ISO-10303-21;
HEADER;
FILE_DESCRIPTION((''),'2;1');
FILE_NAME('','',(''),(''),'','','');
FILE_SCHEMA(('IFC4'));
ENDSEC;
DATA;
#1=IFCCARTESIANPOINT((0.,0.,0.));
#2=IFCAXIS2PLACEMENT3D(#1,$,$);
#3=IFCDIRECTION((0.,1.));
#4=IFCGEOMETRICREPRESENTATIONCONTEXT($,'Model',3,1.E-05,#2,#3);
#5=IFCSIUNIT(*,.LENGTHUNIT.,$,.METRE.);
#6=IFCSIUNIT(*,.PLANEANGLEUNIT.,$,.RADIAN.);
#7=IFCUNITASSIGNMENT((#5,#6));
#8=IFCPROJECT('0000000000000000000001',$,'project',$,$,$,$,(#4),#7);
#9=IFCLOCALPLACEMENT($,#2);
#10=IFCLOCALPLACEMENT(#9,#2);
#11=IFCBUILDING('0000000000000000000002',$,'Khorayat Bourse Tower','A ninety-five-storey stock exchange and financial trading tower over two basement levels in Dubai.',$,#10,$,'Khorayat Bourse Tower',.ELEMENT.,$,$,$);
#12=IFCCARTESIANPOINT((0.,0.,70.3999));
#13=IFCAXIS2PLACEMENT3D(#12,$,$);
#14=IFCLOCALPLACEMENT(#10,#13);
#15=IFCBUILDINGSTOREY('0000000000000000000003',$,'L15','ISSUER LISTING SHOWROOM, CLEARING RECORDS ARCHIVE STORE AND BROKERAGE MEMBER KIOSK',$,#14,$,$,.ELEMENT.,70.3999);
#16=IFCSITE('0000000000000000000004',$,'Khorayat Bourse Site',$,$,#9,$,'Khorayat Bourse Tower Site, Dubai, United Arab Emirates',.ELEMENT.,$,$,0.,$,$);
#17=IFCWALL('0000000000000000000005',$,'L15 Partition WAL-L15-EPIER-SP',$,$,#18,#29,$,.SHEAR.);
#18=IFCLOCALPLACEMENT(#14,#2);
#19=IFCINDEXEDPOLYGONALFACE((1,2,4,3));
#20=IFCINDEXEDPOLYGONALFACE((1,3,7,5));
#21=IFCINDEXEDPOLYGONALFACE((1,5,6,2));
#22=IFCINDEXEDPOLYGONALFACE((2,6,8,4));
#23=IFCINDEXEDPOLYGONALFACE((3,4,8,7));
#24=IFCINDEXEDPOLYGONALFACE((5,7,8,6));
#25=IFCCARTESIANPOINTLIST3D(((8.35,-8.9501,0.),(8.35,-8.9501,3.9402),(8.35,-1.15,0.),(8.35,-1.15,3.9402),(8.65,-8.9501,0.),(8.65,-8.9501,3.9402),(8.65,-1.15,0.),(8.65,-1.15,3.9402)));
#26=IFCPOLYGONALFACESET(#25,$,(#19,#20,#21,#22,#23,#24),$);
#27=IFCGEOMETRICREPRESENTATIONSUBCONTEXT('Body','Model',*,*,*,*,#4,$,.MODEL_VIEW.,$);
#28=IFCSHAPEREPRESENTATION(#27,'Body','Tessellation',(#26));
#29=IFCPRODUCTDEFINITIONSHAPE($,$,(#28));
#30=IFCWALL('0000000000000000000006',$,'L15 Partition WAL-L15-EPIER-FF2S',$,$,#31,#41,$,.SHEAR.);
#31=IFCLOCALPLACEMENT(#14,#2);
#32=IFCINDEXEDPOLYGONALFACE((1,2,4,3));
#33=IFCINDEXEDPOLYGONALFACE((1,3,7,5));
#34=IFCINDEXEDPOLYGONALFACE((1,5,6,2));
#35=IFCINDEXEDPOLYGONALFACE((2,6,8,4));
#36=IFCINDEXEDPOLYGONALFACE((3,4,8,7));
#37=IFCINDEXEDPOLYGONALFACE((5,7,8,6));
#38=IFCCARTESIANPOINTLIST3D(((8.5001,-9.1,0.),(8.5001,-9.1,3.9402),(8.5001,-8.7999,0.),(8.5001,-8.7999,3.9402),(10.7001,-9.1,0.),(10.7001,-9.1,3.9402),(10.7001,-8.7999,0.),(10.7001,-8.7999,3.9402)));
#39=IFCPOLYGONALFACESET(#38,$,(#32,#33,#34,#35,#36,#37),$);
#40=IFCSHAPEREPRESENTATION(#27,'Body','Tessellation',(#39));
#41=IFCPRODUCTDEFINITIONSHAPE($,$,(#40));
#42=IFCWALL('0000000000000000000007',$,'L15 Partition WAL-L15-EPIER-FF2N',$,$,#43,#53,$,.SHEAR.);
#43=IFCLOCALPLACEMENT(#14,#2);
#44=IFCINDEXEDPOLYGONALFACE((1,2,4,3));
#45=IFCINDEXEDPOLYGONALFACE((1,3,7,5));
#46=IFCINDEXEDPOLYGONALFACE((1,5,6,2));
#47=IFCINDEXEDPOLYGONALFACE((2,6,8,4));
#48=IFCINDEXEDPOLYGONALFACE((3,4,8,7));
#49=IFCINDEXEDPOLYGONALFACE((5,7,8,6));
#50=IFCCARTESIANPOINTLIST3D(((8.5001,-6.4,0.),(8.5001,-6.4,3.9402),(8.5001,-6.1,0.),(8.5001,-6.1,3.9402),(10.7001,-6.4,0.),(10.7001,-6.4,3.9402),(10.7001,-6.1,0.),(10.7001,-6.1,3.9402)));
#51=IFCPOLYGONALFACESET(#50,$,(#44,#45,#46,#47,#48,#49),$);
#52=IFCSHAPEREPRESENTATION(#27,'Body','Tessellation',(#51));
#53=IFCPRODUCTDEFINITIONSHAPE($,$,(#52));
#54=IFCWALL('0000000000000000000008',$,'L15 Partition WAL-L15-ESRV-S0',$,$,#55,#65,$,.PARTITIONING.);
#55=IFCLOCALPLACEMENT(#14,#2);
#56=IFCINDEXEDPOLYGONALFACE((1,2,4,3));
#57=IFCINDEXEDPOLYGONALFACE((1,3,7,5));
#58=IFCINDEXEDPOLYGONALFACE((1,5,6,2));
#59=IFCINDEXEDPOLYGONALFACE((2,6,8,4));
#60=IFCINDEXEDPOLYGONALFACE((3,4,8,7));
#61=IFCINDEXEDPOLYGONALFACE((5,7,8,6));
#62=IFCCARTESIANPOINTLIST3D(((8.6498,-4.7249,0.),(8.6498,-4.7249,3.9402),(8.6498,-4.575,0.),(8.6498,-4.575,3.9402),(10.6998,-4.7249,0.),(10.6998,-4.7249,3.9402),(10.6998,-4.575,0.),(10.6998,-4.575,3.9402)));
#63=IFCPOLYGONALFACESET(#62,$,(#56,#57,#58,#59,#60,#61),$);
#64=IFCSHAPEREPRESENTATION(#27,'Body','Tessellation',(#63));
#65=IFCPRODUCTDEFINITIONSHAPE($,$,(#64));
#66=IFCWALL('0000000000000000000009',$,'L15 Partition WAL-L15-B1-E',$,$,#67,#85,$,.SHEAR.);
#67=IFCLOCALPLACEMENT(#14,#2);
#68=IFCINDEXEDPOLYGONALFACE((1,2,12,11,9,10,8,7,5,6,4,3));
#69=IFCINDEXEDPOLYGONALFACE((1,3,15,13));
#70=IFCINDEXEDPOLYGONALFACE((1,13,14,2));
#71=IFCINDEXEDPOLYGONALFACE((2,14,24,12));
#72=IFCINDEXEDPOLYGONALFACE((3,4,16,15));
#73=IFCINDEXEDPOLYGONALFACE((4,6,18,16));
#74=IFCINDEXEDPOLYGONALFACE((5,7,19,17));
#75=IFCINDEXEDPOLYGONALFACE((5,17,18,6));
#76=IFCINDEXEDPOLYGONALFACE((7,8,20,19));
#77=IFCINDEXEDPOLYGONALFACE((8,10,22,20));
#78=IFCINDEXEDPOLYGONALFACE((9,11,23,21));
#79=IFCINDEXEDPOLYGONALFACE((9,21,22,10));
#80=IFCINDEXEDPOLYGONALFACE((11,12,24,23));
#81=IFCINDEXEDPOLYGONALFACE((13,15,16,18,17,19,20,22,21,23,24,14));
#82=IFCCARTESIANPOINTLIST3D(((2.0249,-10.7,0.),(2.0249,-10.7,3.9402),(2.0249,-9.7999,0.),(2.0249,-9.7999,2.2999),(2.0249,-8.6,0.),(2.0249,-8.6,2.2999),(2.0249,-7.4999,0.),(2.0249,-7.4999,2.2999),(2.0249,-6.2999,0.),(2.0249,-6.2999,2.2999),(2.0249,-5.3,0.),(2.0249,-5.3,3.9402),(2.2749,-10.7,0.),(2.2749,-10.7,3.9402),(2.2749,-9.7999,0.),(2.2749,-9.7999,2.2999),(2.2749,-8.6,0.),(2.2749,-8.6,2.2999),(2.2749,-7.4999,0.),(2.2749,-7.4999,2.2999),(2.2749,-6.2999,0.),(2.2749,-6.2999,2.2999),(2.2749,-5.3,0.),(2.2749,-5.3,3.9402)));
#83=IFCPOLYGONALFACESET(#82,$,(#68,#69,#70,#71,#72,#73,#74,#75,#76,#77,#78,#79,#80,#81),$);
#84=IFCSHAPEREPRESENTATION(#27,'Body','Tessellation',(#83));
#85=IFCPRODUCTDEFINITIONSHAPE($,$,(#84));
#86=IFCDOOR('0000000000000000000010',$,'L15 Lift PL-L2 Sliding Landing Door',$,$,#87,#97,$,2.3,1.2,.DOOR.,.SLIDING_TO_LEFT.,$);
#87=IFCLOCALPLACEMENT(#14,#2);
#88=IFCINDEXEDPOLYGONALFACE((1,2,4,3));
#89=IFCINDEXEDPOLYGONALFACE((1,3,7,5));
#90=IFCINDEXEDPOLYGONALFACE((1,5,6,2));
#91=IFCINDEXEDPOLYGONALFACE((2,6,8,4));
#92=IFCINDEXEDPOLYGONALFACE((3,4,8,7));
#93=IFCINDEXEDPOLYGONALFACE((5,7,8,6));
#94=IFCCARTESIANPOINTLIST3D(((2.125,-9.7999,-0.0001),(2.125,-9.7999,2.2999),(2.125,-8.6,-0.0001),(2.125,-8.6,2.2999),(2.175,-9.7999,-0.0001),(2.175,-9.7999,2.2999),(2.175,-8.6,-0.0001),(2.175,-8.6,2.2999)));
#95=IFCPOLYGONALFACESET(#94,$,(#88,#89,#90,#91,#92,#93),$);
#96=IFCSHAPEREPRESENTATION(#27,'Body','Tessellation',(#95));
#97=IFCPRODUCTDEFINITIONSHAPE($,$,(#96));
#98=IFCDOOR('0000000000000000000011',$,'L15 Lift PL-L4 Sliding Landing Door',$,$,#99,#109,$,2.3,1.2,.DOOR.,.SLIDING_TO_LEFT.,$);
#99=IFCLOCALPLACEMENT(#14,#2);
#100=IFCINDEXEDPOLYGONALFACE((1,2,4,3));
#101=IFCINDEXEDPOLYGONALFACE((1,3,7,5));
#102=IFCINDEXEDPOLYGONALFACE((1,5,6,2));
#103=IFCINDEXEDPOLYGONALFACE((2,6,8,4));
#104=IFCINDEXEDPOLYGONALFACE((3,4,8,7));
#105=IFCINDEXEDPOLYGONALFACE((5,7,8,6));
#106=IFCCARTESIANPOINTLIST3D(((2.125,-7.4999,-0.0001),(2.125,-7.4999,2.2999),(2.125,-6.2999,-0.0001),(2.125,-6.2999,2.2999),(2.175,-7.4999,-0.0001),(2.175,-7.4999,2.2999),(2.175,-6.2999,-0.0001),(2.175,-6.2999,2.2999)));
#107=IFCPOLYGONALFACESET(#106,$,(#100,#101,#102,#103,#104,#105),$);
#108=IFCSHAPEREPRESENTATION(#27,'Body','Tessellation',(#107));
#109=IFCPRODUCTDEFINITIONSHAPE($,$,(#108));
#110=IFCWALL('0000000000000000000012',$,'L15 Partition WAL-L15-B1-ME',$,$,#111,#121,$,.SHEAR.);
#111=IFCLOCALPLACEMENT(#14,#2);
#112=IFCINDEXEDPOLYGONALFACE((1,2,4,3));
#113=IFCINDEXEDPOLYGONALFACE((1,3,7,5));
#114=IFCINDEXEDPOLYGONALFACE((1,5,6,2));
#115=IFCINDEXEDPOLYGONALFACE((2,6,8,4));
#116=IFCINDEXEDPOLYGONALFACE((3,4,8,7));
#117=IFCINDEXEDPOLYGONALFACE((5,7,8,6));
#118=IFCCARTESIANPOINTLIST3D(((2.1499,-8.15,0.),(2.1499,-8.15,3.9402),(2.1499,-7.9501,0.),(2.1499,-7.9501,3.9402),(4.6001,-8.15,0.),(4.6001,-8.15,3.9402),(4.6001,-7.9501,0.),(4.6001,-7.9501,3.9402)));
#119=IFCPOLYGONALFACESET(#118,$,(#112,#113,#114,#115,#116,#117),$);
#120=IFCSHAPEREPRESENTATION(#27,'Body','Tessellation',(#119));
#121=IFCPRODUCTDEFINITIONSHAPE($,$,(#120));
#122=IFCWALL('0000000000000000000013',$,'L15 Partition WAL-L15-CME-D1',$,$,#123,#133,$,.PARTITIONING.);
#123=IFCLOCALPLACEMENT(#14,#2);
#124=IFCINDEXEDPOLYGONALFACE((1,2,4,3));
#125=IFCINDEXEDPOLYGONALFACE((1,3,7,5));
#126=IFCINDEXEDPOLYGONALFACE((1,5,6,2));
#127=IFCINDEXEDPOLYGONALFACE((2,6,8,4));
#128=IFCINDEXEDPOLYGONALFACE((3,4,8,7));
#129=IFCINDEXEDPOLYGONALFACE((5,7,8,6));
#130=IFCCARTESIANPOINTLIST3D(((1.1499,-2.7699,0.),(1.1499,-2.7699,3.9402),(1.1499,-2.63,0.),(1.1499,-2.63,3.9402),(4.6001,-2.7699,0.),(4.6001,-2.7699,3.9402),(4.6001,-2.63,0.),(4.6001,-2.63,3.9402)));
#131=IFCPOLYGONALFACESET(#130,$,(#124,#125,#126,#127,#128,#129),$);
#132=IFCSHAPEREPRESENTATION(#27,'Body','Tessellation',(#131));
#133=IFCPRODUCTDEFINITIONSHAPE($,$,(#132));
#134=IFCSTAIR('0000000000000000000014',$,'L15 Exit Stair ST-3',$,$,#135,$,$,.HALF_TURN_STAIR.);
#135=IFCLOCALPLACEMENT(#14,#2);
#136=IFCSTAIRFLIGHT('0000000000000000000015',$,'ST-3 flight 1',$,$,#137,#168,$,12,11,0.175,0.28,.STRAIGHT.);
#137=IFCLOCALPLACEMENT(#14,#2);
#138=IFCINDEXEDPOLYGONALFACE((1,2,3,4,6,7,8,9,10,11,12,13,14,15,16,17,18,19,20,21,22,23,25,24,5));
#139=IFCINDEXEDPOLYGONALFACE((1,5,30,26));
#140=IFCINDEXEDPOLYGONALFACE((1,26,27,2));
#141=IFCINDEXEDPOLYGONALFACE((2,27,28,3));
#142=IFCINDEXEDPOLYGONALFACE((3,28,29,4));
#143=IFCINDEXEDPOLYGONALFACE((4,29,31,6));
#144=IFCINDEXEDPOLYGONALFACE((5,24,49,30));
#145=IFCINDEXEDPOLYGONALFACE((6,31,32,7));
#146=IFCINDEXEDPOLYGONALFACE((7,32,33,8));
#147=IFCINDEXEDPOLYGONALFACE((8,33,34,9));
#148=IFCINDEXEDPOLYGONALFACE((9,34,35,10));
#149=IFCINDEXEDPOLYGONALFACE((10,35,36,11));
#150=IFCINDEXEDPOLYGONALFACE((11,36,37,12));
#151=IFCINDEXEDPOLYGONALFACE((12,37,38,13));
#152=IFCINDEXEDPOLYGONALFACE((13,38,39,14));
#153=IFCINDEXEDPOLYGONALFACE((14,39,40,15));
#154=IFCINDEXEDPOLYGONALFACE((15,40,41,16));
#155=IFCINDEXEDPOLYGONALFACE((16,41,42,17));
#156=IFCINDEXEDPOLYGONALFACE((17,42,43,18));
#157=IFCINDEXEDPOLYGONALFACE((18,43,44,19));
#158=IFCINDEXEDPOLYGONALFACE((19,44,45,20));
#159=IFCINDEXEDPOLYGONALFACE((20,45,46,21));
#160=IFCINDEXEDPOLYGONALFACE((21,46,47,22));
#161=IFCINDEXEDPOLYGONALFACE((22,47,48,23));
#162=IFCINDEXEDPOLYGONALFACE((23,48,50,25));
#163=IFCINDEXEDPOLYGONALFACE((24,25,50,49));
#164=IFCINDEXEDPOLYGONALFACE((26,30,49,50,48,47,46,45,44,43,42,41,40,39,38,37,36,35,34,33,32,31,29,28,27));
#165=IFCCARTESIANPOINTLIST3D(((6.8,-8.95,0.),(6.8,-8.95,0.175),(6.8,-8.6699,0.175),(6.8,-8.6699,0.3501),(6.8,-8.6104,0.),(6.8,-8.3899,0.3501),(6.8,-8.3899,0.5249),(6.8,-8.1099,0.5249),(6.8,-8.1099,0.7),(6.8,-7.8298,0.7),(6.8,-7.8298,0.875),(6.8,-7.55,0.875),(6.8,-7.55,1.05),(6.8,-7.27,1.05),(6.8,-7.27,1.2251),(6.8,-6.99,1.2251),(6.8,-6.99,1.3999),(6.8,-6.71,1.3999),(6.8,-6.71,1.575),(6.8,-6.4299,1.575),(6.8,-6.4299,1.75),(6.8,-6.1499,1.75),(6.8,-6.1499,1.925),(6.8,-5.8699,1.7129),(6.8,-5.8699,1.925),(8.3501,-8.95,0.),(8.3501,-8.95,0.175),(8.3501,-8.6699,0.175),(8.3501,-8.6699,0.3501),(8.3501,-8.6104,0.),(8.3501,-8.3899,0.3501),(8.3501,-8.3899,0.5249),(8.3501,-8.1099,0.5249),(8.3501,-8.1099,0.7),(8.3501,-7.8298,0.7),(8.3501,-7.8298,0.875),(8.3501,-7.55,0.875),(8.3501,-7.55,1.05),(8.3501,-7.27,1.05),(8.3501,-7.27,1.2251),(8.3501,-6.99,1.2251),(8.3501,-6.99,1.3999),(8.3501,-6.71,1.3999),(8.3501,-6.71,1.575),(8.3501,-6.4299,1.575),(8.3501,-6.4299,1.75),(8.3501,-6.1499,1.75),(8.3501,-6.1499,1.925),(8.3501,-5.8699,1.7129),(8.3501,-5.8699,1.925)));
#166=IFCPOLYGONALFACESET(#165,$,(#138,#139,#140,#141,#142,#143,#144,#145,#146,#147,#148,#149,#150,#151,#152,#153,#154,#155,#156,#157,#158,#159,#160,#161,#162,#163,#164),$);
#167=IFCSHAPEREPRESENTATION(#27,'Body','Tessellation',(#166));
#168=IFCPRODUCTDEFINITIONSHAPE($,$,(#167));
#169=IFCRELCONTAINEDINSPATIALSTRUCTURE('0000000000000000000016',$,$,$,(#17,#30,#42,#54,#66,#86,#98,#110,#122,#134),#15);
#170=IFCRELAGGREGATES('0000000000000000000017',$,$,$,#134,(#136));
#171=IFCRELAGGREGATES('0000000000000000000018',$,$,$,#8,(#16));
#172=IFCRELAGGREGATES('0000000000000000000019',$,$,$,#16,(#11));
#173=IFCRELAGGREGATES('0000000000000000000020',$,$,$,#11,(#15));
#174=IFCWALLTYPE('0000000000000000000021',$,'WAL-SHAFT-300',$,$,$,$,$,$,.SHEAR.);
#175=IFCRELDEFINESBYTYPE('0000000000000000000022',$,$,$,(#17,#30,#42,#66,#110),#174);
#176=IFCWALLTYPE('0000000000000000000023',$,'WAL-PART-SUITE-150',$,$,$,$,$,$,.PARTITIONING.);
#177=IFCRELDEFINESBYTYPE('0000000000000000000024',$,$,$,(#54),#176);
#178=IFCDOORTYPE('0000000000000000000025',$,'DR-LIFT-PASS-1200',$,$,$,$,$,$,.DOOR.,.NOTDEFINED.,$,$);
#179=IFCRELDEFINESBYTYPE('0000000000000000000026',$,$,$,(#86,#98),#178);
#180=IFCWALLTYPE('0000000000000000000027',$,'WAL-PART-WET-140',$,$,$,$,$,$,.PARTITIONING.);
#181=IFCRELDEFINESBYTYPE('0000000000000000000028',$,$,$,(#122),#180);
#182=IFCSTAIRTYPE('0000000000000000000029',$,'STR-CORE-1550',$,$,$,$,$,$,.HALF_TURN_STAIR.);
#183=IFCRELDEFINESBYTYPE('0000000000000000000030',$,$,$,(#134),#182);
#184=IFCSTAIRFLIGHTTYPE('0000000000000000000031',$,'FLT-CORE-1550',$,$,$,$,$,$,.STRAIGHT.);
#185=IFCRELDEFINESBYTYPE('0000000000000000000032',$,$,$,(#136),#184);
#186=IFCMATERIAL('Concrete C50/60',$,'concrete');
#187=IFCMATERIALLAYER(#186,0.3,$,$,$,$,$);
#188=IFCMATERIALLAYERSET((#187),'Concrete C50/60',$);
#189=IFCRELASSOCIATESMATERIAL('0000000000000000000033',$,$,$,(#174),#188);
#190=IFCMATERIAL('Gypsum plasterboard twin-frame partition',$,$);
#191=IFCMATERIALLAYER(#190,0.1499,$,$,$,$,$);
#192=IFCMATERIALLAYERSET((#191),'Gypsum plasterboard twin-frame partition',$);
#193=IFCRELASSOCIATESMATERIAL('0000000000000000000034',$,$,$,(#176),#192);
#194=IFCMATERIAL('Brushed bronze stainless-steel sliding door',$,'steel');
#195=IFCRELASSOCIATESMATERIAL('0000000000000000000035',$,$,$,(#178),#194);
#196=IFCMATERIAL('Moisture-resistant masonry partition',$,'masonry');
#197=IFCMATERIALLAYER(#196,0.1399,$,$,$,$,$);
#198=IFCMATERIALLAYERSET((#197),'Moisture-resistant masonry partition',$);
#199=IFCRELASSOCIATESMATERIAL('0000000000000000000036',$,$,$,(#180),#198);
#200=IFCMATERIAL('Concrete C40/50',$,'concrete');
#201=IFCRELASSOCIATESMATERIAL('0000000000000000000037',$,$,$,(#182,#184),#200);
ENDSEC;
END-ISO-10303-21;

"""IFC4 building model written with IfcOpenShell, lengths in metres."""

from ifc_helpers import new_model, si_unit, direction, frame, frame_2d, origin, place, context, subcontext, project, spatial, polyline, rectangle, outline, extrude, source, transform, mapped, material, layer, layer_set, type_object, element, fill, aggregate, save


model = new_model("IFC4")

# Units and contexts
model_context = context("Model", 3, precision=1e-05, world=origin(), true_north=direction((0.0, 1.0)))
body_context = subcontext(model_context, "Body", "Model", "MODEL_VIEW")
ifc_project = project(units=[si_unit("LENGTHUNIT", "METRE"), si_unit("PLANEANGLEUNIT", "RADIAN")], contexts=[model_context])

# Site, building, storey
site_placement = place(None, origin())
site = spatial("IfcSite", under=ifc_project, at=site_placement, Name="Khorayat Bourse Site", LongName="Khorayat Bourse Tower Site, Dubai, United Arab Emirates", CompositionType="ELEMENT", RefElevation=0.0)
building_placement = place(site_placement, origin())
building = spatial("IfcBuilding", under=site, at=building_placement, Name="Khorayat Bourse Tower", Description="A ninety-five-storey stock exchange and financial trading tower over two basement levels in Dubai.", LongName="Khorayat Bourse Tower", CompositionType="ELEMENT")
storey_placement = place(building_placement, frame((0.0, 0.0, 70.3999)))
storey = spatial("IfcBuildingStorey", under=building, at=storey_placement, Name="L15", Description="ISSUER LISTING SHOWROOM, CLEARING RECORDS ARCHIVE STORE AND BROKERAGE MEMBER KIOSK", CompositionType="ELEMENT", Elevation=70.3999)

# Walls
ifc_material_1 = material(Name="Concrete C50/60", Category="concrete")
ifc_layer_1 = layer(ifc_material_1, 0.3)
ifc_layer_set_1 = layer_set([ifc_layer_1], Name="Concrete C50/60")
wall_type_1 = type_object("IfcWallType", Name="WAL-SHAFT-300", PredefinedType="SHEAR", material=ifc_layer_set_1)
shared_shape_1 = source(origin(), body_context, "Body", "SweptSolid", [
    extrude(rectangle(XDim=7.8, YDim=0.3, at=frame_2d((3.8999, 0.0))), origin(), (0.0, 0.0, 1.0), 3.9402),
])
wall_1_placement = place(storey_placement, frame((8.5, -8.95, 0.0), z_axis=(0.0, 0.0, 1.0), x_axis=(0.0, 1.0, 0.0)))
element("IfcWall", 1, at=wall_1_placement, inside=storey, type_object=wall_type_1, Name="L15 Partition WAL-L15-EPIER-SP", PredefinedType="SHEAR", context=body_context, shape_type="MappedRepresentation", body=[
    mapped(shared_shape_1, transform((0.0, 0.0, 0.0), scale=1.0)),
])
shared_shape_2 = source(origin(), body_context, "Body", "SweptSolid", [
    extrude(rectangle(XDim=2.2, YDim=0.3, at=frame_2d((1.1001, 0.0))), origin(), (0.0, 0.0, 1.0), 3.9402),
])
for number, where, z_axis, x_axis, name in (
    (2, (8.5, -8.95, 0.0), (0.0, 0.0, 1.0), (1.0, 0.0, 0.0), "L15 Partition WAL-L15-EPIER-FF2S"),
    (3, (8.5, -6.25, 0.0), (0.0, 0.0, 1.0), (1.0, 0.0, 0.0), "L15 Partition WAL-L15-EPIER-FF2N"),
):
    element("IfcWall", number, at=place(storey_placement, frame(where, z_axis=z_axis, x_axis=x_axis)), inside=storey, type_object=wall_type_1, Name=name, PredefinedType="SHEAR", context=body_context, shape_type="MappedRepresentation", body=[
        mapped(shared_shape_2, transform((0.0, 0.0, 0.0), scale=1.0)),
    ])
ifc_material_2 = material(Name="Gypsum plasterboard twin-frame partition")
ifc_layer_2 = layer(ifc_material_2, 0.1499)
ifc_layer_set_2 = layer_set([ifc_layer_2], Name="Gypsum plasterboard twin-frame partition")
wall_type_2 = type_object("IfcWallType", Name="WAL-PART-SUITE-150", PredefinedType="PARTITIONING", material=ifc_layer_set_2)
shared_shape_3 = source(origin(), body_context, "Body", "SweptSolid", [
    extrude(rectangle(XDim=2.05, YDim=0.1499, at=frame_2d((1.0249, 0.0))), origin(), (0.0, 0.0, 1.0), 3.9402),
])
wall_2_placement = place(storey_placement, frame((8.6499, -4.6499, 0.0), z_axis=(0.0, 0.0, 1.0), x_axis=(1.0, 0.0, 0.0)))
element("IfcWall", 4, at=wall_2_placement, inside=storey, type_object=wall_type_2, Name="L15 Partition WAL-L15-ESRV-S0", PredefinedType="PARTITIONING", context=body_context, shape_type="MappedRepresentation", body=[
    mapped(shared_shape_3, transform((0.0, 0.0, 0.0), scale=1.0)),
])

# Wall, openings, doors
shared_shape_4 = source(origin(), body_context, "Body", "SweptSolid", [
    extrude(rectangle(XDim=5.3999, YDim=0.25, at=frame_2d((2.7, 0.0))), origin(), (0.0, 0.0, 1.0), 3.9402),
])
wall_3_placement = place(storey_placement, frame((2.1499, -10.7, 0.0), z_axis=(0.0, 0.0, 1.0), x_axis=(0.0, 1.0, 0.0)))
wall_3 = element("IfcWall", 5, at=wall_3_placement, inside=storey, type_object=wall_type_1, Name="L15 Partition WAL-L15-B1-E", PredefinedType="SHEAR", context=body_context, shape_type="MappedRepresentation", body=[
    mapped(shared_shape_4, transform((0.0, 0.0, 0.0), scale=1.0)),
])
shared_shape_5 = source(origin(), body_context, "Body", "SweptSolid", [
    extrude(rectangle(XDim=1.2, YDim=2.3, at=frame_2d((0.6001, 1.1499))), frame((0.0, 0.135, 0.0), z_axis=(0.0, -1.0, 0.0), x_axis=(1.0, 0.0, 0.0)), (0.0, 0.0, 1.0), 0.27),
])
opening_1_placement = place(wall_3_placement, frame((0.8999, 0.0, 0.0)))
opening_1 = element("IfcOpeningElement", 6, at=opening_1_placement, cuts=wall_3, PredefinedType="OPENING", context=body_context, shape_type="MappedRepresentation", body=[
    mapped(shared_shape_5, transform((0.0, 0.0, 0.0), scale=1.0)),
])
opening_2_placement = place(wall_3_placement, frame((3.2, 0.0, 0.0)))
opening_2 = element("IfcOpeningElement", 7, at=opening_2_placement, cuts=wall_3, PredefinedType="OPENING", context=body_context, shape_type="MappedRepresentation", body=[
    mapped(shared_shape_5, transform((0.0, 0.0, 0.0), scale=1.0)),
])
ifc_material_3 = material(Name="Brushed bronze stainless-steel sliding door", Category="steel")
door_type_1 = type_object("IfcDoorType", Name="DR-LIFT-PASS-1200", OperationType="NOTDEFINED", PredefinedType="DOOR", material=ifc_material_3)
shared_shape_6 = source(origin(), body_context, "Body", "SweptSolid", [
    extrude(rectangle(XDim=1.2, YDim=2.3, at=frame_2d((0.6001, 1.1499))), frame((0.0, 0.0249, 0.0), z_axis=(0.0, -1.0, 0.0), x_axis=(1.0, 0.0, 0.0)), (0.0, 0.0, 1.0), 0.05),
])
door_1_placement = place(opening_1_placement, origin())
door_1 = element("IfcDoor", 8, at=door_1_placement, inside=storey, type_object=door_type_1, Name="L15 Lift PL-L2 Sliding Landing Door", OperationType="SLIDING_TO_LEFT", OverallHeight=2.3, OverallWidth=1.2, PredefinedType="DOOR", context=body_context, shape_type="MappedRepresentation", body=[
    mapped(shared_shape_6, transform((0.0, 0.0, 0.0), scale=1.0)),
])
fill(opening_1, door_1)
door_2_placement = place(opening_2_placement, origin())
door_2 = element("IfcDoor", 9, at=door_2_placement, inside=storey, type_object=door_type_1, Name="L15 Lift PL-L4 Sliding Landing Door", OperationType="SLIDING_TO_LEFT", OverallHeight=2.3, OverallWidth=1.2, PredefinedType="DOOR", context=body_context, shape_type="MappedRepresentation", body=[
    mapped(shared_shape_6, transform((0.0, 0.0, 0.0), scale=1.0)),
])
fill(opening_2, door_2)

# Wall
shared_shape_7 = source(origin(), body_context, "Body", "SweptSolid", [
    extrude(rectangle(XDim=2.4502, YDim=0.2, at=frame_2d((1.2251, 0.0))), origin(), (0.0, 0.0, 1.0), 3.9402),
])
wall_4_placement = place(storey_placement, frame((2.1499, -8.05, 0.0), z_axis=(0.0, 0.0, 1.0), x_axis=(1.0, 0.0, 0.0)))
element("IfcWall", 10, at=wall_4_placement, inside=storey, type_object=wall_type_1, Name="L15 Partition WAL-L15-B1-ME", PredefinedType="SHEAR", context=body_context, shape_type="MappedRepresentation", body=[
    mapped(shared_shape_7, transform((0.0, 0.0, 0.0), scale=1.0)),
])

# Wall
ifc_material_4 = material(Name="Moisture-resistant masonry partition", Category="masonry")
ifc_layer_3 = layer(ifc_material_4, 0.1399)
ifc_layer_set_3 = layer_set([ifc_layer_3], Name="Moisture-resistant masonry partition")
wall_type_3 = type_object("IfcWallType", Name="WAL-PART-WET-140", PredefinedType="PARTITIONING", material=ifc_layer_set_3)
shared_shape_8 = source(origin(), body_context, "Body", "SweptSolid", [
    extrude(rectangle(XDim=3.4502, YDim=0.1399, at=frame_2d((1.7251, 0.0))), origin(), (0.0, 0.0, 1.0), 3.9402),
])
wall_5_placement = place(storey_placement, frame((1.1499, -2.7, 0.0), z_axis=(0.0, 0.0, 1.0), x_axis=(1.0, 0.0, 0.0)))
element("IfcWall", 11, at=wall_5_placement, inside=storey, type_object=wall_type_3, Name="L15 Partition WAL-L15-CME-D1", PredefinedType="PARTITIONING", context=body_context, shape_type="MappedRepresentation", body=[
    mapped(shared_shape_8, transform((0.0, 0.0, 0.0), scale=1.0)),
])

# Stair, stair flight
ifc_material_5 = material(Name="Concrete C40/50", Category="concrete")
stair_type = type_object("IfcStairType", Name="STR-CORE-1550", PredefinedType="HALF_TURN_STAIR", material=ifc_material_5)
stair_placement = place(storey_placement, origin())
stair = element("IfcStair", 12, at=stair_placement, inside=storey, type_object=stair_type, Name="L15 Exit Stair ST-3", PredefinedType="HALF_TURN_STAIR")
stair_flight_type = type_object("IfcStairFlightType", Name="FLT-CORE-1550", PredefinedType="STRAIGHT", material=ifc_material_5)
shared_shape_9 = source(origin(), body_context, "Body", "SweptSolid", [
    extrude(outline(polyline([(0.0, 0.0), (0.0, 0.175), (0.28, 0.175), (0.28, 0.3501), (0.5601, 0.3501), (0.5601, 0.5249), (0.8401, 0.5249), (0.8401, 0.7), (1.1201, 0.7), (1.1201, 0.875), (1.3999, 0.875), (1.3999, 1.05), (1.6799, 1.05), (1.6799, 1.2251), (1.96, 1.2251), (1.96, 1.3999), (2.24, 1.3999), (2.24, 1.575), (2.52, 1.575), (2.52, 1.75), (2.8, 1.75), (2.8, 1.925), (3.0801, 1.925), (3.0801, 2.1001), (3.0801, 1.7129), (0.3396, 0.0), (0.0, 0.0)])), frame((0.0, 0.7749, 0.0), z_axis=(0.0, -1.0, 0.0), x_axis=(1.0, 0.0, 0.0)), (0.0, 0.0, 1.0), 1.55),
])
stair_flight_1_placement = place(storey_placement, frame((7.575, -8.95, 0.0), z_axis=(0.0, 0.0, 1.0), x_axis=(0.0, 1.0, 0.0)))
stair_flight_1 = element("IfcStairFlight", 13, at=stair_flight_1_placement, type_object=stair_flight_type, Name="ST-3 flight 1", NumberOfRisers=12, NumberOfTreads=11, PredefinedType="STRAIGHT", RiserHeight=0.175, TreadLength=0.28, context=body_context, shape_type="MappedRepresentation", body=[
    mapped(shared_shape_9, transform((0.0, 0.0, 0.0), scale=1.0)),
])
aggregate(stair, [stair_flight_1])

save(model, "model.ifc")
